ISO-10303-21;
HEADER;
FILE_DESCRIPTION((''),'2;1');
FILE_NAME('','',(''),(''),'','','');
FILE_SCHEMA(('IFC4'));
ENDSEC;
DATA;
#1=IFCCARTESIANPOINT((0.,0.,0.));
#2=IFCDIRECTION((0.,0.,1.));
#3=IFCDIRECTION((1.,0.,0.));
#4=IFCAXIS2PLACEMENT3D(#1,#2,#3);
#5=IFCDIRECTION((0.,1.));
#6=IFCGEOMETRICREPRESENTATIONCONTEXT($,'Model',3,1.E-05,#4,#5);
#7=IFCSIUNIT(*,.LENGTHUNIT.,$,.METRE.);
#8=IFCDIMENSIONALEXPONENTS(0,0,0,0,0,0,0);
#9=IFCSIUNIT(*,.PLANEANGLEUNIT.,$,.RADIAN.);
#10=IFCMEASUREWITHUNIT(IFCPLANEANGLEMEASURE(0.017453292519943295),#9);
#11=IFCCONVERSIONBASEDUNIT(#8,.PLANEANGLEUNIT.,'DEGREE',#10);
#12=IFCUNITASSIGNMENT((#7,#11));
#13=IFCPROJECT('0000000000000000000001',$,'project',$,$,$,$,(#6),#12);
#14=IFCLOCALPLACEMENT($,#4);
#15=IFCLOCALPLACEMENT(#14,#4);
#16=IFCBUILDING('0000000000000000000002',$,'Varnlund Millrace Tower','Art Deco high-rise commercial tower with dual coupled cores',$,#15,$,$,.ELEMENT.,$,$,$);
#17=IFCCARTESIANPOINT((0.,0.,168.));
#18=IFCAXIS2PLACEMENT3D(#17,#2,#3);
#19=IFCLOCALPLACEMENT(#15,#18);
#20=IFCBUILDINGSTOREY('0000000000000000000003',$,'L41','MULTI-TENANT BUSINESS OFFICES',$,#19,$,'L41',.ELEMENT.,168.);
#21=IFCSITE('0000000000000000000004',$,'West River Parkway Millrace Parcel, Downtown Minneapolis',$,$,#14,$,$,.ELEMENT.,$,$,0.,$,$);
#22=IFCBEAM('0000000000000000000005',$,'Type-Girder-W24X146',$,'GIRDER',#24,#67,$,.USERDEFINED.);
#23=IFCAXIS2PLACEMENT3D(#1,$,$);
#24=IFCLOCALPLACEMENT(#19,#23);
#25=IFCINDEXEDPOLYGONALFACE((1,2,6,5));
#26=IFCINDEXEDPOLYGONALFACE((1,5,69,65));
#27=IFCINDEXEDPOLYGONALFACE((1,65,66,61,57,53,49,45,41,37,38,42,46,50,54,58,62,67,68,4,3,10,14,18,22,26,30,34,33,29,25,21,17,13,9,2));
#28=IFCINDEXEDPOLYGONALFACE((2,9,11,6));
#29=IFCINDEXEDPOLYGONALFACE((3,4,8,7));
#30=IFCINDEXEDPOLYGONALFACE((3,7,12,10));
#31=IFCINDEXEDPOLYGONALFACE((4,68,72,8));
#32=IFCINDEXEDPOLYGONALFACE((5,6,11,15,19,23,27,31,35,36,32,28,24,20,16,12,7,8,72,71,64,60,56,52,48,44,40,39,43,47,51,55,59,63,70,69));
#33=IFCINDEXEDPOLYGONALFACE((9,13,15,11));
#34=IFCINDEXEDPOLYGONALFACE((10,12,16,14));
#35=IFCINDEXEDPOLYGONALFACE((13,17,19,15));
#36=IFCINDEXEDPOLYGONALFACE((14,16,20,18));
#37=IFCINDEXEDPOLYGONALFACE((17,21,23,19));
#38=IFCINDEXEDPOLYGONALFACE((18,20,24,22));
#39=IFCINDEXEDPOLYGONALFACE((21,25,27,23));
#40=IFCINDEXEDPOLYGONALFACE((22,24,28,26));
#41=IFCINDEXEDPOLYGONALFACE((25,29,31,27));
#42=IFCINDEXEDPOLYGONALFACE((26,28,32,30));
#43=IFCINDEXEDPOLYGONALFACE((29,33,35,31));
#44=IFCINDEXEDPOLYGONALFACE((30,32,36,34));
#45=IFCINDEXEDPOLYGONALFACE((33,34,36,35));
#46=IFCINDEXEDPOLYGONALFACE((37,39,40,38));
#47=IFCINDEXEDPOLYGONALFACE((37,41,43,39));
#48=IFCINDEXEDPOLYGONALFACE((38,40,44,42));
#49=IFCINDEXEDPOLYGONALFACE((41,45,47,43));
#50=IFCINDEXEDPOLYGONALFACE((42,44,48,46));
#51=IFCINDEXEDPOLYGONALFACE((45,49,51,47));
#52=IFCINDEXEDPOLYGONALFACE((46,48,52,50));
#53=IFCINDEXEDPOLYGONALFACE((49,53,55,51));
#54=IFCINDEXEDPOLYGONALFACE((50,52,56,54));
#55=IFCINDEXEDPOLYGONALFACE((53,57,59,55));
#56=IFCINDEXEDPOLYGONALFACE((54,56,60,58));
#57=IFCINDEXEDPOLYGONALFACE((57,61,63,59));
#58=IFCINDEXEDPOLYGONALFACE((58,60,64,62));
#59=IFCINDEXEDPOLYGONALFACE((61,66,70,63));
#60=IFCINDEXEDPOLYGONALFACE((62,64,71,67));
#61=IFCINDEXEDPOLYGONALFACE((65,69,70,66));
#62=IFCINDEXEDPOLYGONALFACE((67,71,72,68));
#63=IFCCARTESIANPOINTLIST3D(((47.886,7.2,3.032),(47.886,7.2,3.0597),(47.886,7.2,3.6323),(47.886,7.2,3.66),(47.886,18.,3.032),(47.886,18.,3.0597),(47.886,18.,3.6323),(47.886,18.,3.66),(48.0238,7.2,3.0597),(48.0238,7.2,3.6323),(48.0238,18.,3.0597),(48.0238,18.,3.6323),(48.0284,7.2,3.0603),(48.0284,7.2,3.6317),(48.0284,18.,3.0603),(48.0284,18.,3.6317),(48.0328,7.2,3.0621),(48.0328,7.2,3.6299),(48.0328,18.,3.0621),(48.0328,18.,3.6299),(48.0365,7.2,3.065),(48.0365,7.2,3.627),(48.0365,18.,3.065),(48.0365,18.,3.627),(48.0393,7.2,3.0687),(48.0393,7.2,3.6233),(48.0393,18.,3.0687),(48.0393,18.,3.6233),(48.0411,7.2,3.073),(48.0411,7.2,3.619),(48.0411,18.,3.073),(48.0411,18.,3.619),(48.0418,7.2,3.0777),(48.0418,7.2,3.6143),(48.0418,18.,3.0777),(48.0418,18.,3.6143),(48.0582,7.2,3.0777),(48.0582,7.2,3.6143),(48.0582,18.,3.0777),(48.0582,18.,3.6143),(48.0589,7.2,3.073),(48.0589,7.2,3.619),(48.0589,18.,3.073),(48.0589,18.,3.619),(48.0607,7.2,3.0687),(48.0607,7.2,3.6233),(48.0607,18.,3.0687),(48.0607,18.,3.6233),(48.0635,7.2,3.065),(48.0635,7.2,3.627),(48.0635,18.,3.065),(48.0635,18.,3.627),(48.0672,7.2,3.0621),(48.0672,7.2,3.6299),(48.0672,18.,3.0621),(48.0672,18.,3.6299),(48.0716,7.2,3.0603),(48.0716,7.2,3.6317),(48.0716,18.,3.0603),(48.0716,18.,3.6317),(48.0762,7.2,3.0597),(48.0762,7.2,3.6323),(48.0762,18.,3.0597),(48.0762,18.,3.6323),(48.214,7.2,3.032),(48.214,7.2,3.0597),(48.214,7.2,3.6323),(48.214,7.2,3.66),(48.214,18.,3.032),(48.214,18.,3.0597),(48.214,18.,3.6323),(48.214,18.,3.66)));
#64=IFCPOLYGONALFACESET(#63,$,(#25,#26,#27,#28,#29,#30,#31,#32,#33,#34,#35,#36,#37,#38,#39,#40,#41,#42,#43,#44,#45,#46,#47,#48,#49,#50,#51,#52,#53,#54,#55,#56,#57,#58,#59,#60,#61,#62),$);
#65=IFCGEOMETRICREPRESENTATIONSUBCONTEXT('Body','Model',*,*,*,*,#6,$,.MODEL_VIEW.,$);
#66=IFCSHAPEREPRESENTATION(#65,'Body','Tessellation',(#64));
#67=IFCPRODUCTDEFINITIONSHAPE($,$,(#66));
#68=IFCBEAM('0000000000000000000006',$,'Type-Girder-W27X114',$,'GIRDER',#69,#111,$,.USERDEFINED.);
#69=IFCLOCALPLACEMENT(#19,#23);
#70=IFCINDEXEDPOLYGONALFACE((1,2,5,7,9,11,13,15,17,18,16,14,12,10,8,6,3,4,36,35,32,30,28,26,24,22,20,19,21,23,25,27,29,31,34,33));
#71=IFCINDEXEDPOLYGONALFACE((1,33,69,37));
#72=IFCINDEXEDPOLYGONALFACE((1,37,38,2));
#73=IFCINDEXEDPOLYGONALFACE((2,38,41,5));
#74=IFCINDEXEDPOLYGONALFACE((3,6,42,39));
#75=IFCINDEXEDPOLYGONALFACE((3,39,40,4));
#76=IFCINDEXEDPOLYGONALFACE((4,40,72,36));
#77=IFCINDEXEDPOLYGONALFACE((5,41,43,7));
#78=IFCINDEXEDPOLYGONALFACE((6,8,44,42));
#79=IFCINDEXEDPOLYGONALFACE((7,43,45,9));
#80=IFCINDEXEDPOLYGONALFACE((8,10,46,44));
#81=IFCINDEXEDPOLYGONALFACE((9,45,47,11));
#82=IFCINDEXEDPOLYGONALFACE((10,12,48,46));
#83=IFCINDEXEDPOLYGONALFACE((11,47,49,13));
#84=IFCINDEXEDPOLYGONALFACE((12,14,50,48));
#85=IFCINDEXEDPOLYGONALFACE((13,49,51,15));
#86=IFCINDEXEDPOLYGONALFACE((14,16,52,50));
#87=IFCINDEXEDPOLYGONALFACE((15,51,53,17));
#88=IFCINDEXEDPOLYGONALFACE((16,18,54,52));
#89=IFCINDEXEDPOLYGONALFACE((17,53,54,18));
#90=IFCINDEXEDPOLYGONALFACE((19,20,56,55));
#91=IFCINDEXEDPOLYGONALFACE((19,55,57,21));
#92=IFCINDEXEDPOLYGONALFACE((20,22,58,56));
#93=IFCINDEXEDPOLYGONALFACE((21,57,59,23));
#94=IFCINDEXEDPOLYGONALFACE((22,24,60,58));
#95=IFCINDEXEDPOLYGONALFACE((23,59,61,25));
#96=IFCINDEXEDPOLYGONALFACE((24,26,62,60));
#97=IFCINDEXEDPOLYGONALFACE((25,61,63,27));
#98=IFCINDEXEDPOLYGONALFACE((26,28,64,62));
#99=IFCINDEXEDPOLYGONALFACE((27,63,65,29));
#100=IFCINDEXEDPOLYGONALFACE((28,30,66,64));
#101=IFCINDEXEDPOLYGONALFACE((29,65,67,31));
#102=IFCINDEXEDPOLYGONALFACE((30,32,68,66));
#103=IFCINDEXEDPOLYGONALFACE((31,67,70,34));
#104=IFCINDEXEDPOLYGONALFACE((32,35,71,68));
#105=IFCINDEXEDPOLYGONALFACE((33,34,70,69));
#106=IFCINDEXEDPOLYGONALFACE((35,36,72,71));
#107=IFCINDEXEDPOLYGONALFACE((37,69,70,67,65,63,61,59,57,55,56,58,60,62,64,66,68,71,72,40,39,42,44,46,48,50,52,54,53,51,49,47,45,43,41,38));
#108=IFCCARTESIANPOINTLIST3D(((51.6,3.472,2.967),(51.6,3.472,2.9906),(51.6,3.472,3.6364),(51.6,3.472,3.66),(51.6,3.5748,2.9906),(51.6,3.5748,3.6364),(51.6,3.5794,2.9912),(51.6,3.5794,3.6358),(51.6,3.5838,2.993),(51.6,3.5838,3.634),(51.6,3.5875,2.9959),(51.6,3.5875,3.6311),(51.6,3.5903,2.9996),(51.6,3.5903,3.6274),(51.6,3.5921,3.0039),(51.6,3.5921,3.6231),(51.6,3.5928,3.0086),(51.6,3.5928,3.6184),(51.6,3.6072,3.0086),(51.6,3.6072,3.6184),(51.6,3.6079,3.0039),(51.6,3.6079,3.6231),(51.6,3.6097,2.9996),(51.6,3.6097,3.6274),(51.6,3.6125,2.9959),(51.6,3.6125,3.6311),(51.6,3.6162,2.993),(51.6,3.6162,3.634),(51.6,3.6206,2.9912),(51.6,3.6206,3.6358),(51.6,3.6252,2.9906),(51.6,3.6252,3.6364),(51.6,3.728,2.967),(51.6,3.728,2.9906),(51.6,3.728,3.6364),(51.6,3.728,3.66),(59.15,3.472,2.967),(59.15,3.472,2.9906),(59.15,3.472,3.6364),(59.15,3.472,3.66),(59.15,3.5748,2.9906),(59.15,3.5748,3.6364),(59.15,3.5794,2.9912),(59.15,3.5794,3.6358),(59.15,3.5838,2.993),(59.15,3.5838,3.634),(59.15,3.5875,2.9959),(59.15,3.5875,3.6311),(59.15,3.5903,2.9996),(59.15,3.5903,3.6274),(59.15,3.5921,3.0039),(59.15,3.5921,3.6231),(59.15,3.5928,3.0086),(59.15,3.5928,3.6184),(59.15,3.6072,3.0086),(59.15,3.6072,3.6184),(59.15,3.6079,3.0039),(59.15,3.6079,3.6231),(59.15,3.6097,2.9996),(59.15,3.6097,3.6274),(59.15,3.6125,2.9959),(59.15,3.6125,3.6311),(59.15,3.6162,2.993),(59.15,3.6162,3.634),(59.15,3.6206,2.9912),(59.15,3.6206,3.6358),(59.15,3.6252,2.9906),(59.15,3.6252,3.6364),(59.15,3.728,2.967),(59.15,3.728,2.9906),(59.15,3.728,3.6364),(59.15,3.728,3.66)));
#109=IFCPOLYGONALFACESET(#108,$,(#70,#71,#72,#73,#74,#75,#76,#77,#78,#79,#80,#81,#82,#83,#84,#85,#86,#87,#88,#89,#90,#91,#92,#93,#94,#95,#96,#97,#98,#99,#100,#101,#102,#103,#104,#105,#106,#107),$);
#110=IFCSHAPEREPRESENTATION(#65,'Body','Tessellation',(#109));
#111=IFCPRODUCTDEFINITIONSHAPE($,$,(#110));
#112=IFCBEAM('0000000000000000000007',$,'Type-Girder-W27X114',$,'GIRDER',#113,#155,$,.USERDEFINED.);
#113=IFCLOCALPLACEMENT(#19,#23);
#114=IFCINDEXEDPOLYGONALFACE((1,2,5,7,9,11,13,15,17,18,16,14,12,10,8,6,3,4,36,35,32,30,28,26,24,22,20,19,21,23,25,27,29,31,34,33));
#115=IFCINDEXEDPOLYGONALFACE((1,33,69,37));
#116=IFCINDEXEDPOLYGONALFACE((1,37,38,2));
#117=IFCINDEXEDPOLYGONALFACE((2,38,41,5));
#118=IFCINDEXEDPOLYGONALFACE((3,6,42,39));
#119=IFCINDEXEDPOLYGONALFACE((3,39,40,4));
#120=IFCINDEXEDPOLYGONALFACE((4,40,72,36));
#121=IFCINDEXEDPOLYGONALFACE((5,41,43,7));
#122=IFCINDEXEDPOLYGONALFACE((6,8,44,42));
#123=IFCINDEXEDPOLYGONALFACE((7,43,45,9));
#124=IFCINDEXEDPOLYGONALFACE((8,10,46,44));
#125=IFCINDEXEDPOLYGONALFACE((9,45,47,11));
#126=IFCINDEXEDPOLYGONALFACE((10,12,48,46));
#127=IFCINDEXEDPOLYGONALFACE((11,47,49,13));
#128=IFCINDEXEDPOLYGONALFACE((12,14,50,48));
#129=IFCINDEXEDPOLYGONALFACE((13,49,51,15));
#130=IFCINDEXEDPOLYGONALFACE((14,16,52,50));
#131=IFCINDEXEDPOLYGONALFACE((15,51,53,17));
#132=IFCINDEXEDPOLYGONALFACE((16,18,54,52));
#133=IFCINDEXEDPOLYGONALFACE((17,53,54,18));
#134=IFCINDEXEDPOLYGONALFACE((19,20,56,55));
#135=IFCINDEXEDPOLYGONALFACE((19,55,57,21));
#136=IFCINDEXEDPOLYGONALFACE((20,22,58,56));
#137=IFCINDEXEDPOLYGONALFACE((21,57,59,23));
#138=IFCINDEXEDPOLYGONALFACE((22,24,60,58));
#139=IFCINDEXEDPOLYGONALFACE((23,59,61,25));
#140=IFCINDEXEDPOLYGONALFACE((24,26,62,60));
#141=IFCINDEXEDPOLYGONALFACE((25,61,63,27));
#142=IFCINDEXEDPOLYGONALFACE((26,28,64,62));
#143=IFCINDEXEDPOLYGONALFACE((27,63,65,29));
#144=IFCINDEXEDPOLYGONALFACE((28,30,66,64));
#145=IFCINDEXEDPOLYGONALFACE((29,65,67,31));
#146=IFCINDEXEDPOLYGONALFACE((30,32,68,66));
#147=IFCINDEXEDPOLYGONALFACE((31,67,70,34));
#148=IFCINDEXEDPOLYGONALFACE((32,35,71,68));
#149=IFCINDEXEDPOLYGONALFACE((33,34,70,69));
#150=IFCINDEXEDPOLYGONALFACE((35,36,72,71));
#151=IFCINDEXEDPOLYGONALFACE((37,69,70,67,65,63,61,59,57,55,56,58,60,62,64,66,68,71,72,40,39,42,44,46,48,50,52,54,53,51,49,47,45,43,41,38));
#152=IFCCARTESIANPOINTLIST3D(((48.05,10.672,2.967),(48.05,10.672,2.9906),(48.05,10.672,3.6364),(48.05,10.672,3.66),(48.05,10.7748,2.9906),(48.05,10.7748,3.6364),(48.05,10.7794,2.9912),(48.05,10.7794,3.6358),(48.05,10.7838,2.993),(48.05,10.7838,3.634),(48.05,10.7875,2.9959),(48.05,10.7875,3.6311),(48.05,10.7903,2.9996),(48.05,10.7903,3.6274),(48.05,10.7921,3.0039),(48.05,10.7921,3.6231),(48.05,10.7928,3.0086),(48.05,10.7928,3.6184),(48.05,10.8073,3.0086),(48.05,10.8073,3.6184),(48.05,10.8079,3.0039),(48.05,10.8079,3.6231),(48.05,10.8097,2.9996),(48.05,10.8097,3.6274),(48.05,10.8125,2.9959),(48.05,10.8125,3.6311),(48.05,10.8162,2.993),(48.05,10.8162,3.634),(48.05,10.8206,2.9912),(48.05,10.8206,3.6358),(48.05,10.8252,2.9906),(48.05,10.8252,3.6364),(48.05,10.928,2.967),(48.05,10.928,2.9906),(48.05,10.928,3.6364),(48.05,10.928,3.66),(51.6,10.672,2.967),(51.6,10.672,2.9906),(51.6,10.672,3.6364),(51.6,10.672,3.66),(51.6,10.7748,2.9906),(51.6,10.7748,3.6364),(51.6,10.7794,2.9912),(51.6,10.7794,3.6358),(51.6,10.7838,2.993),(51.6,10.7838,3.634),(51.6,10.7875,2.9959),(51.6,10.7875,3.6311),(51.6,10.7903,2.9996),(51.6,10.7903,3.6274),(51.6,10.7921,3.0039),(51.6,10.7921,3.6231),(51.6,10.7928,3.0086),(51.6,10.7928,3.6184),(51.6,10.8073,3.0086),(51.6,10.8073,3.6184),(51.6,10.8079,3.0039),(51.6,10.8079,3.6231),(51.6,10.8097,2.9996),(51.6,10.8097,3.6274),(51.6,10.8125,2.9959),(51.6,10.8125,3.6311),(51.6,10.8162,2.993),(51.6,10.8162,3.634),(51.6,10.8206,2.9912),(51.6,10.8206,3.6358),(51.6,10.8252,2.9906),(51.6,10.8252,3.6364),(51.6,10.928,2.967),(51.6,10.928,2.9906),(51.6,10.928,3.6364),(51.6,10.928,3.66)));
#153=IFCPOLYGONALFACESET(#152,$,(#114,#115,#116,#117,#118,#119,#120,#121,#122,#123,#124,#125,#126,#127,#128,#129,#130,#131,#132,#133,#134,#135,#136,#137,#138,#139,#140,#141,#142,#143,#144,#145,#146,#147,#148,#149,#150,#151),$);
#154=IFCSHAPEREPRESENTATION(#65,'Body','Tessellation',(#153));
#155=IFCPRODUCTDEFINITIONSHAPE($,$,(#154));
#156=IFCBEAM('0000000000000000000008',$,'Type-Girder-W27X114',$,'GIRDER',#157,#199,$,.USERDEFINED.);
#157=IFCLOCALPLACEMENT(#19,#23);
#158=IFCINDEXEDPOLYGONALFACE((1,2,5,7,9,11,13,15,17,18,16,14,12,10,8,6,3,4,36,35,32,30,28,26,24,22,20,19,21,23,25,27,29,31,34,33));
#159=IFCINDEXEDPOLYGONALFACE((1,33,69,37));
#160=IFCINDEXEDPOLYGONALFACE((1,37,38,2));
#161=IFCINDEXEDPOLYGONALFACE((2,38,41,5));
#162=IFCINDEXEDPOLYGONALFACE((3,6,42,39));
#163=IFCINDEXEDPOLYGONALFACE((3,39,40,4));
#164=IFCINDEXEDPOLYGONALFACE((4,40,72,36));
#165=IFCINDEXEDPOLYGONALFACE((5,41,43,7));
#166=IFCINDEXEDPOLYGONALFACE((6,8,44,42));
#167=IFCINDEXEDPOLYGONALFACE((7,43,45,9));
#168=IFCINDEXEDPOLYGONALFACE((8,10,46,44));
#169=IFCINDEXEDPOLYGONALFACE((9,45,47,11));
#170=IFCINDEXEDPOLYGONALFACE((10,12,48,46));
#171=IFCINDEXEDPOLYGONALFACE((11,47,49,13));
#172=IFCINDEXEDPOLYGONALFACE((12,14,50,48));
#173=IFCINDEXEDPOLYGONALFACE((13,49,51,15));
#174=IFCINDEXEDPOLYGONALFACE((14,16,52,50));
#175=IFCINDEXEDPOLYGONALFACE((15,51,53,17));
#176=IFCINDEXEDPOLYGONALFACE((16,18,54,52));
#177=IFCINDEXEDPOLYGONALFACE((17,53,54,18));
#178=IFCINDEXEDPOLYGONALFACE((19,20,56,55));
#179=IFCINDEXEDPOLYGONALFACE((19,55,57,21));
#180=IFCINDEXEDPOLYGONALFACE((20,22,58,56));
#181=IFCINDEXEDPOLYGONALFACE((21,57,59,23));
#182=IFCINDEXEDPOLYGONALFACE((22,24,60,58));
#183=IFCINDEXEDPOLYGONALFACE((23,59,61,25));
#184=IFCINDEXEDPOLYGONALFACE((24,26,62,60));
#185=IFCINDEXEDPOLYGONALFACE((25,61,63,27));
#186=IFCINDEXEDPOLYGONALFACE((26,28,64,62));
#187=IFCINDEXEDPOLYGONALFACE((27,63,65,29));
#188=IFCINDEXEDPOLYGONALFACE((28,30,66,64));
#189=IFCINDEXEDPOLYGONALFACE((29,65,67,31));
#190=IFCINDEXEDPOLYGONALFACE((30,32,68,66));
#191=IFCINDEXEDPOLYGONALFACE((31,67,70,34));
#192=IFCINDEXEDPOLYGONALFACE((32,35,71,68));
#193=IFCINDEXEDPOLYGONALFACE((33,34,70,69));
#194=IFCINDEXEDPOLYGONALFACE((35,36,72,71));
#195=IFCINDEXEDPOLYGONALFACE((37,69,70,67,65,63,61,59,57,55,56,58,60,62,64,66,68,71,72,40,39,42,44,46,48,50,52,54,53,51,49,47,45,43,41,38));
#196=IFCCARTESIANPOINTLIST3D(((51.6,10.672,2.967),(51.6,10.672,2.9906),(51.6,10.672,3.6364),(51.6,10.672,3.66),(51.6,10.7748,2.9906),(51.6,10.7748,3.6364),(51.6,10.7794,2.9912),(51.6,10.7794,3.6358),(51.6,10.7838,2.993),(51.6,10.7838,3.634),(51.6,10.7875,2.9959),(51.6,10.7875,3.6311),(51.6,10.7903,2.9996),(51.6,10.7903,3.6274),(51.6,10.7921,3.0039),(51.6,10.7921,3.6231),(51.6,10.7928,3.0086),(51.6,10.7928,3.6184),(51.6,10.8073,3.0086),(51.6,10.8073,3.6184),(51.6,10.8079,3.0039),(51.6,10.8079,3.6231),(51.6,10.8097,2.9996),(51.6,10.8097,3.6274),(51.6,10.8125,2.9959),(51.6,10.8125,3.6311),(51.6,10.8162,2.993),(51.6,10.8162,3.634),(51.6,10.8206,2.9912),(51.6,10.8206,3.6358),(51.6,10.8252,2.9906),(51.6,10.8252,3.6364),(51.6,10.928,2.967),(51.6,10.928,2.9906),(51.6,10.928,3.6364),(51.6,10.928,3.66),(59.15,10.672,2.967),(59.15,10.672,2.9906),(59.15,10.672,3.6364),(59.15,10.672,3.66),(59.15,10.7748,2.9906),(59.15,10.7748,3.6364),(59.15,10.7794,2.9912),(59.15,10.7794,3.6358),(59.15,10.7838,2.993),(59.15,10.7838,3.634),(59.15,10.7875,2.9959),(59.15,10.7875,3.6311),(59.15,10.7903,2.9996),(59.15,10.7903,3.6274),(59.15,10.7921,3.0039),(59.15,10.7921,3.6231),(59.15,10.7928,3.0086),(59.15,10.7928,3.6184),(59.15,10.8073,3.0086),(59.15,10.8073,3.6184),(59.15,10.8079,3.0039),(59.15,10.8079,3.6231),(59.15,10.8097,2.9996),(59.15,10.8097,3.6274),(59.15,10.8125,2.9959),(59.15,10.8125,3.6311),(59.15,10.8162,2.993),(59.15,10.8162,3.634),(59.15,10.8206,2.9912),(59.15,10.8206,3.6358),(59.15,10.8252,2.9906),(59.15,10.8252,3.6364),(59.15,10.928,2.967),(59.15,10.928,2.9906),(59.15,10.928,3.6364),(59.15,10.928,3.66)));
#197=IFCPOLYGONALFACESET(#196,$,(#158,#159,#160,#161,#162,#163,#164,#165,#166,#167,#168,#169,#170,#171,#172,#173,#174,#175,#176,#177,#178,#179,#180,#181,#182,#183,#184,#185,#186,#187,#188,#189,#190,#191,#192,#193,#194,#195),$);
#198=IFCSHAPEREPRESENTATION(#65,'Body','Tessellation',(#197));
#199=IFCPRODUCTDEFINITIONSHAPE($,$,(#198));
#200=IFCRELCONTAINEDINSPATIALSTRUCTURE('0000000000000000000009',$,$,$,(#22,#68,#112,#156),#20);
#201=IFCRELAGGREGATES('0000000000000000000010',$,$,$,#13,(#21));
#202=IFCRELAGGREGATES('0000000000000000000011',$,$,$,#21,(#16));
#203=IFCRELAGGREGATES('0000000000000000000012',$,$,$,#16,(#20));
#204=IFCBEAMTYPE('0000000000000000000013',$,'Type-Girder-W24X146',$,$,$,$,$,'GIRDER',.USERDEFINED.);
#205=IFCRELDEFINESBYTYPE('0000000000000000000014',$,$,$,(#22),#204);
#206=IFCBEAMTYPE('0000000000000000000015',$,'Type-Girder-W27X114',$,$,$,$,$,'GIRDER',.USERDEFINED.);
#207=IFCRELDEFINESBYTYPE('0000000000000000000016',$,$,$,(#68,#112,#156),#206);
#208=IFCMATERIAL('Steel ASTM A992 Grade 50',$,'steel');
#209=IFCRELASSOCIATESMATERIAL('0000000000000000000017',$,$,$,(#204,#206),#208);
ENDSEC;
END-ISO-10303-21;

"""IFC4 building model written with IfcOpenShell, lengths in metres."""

from ifc_helpers import new_model, entity, si_unit, converted_unit, direction, frame, origin_with_axes, origin_2d_with_axis, place, context, subcontext, project, spatial, i_section, extrude, material, material_profile, profile_set, type_object, element, save


model = new_model("IFC4")

# Units and contexts
model_context = context("Model", 3, precision=1e-05, world=origin_with_axes(), true_north=direction((0.0, 1.0)))
body_context = subcontext(model_context, "Body", "Model", "MODEL_VIEW")
ifc_project = project(units=[si_unit("LENGTHUNIT", "METRE"), converted_unit("PLANEANGLEUNIT", "DEGREE", entity("IfcPlaneAngleMeasure", 0.017453292519943295), si_unit("PLANEANGLEUNIT", "RADIAN"), dimensions=[0, 0, 0, 0, 0, 0, 0])], contexts=[model_context])

# Site, building, storey
site_placement = place(None, origin_with_axes())
site = spatial("IfcSite", under=ifc_project, at=site_placement, Name="West River Parkway Millrace Parcel, Downtown Minneapolis", CompositionType="ELEMENT", RefElevation=0.0)
building_placement = place(site_placement, origin_with_axes())
building = spatial("IfcBuilding", under=site, at=building_placement, Name="Varnlund Millrace Tower", Description="Art Deco high-rise commercial tower with dual coupled cores", CompositionType="ELEMENT")
storey_placement = place(building_placement, frame((0.0, 0.0, 168.0), z_axis=(0.0, 0.0, 1.0), x_axis=(1.0, 0.0, 0.0)))
storey = spatial("IfcBuildingStorey", under=building, at=storey_placement, Name="L41", Description="MULTI-TENANT BUSINESS OFFICES", LongName="L41", CompositionType="ELEMENT", Elevation=168.0)

# Beams
ifc_material_1 = material(Name="Steel ASTM A992 Grade 50", Category="steel")
ifc_material_profile_1 = material_profile(ifc_material_1, i_section(OverallWidth=0.328, OverallDepth=0.628, WebThickness=0.0165, FlangeThickness=0.0277, FilletRadius=0.018, at=origin_2d_with_axis()), Name="Steel ASTM A992 Grade 50")
ifc_profile_set_1 = profile_set([ifc_material_profile_1], Name="Steel ASTM A992 Grade 50")
beam_type_1 = type_object("IfcBeamType", Name="Type-Girder-W24X146", ElementType="GIRDER", PredefinedType="USERDEFINED", material=ifc_profile_set_1)
beam_1_placement = place(storey_placement, frame((48.05, 7.2, 3.346), z_axis=(0.0, 1.0, 0.0), x_axis=(-1.0, 0.0, 0.0)))
element("IfcBeam", 1, at=beam_1_placement, inside=storey, type_object=beam_type_1, Name="Type-Girder-W24X146", ObjectType="GIRDER", PredefinedType="USERDEFINED", context=body_context, shape_type="SweptSolid", body=[
    extrude(i_section(OverallWidth=0.328, OverallDepth=0.628, WebThickness=0.0165, FlangeThickness=0.0277, FilletRadius=0.018, at=origin_2d_with_axis()), origin_with_axes(), (0.0, 0.0, 1.0), 10.8),
])
ifc_material_profile_2 = material_profile(ifc_material_1, i_section(OverallWidth=0.256, OverallDepth=0.693, WebThickness=0.0145, FlangeThickness=0.0236, FilletRadius=0.018, at=origin_2d_with_axis()), Name="Steel ASTM A992 Grade 50")
ifc_profile_set_2 = profile_set([ifc_material_profile_2], Name="Steel ASTM A992 Grade 50")
beam_type_2 = type_object("IfcBeamType", Name="Type-Girder-W27X114", ElementType="GIRDER", PredefinedType="USERDEFINED", material=ifc_profile_set_2)
beam_2_placement = place(storey_placement, frame((51.6, 3.6, 3.3135), z_axis=(1.0, 0.0, 0.0), x_axis=(0.0, 1.0, 0.0)))
element("IfcBeam", 2, at=beam_2_placement, inside=storey, type_object=beam_type_2, Name="Type-Girder-W27X114", ObjectType="GIRDER", PredefinedType="USERDEFINED", context=body_context, shape_type="SweptSolid", body=[
    extrude(i_section(OverallWidth=0.256, OverallDepth=0.693, WebThickness=0.0145, FlangeThickness=0.0236, FilletRadius=0.018, at=origin_2d_with_axis()), origin_with_axes(), (0.0, 0.0, 1.0), 7.55),
])
beam_3_placement = place(storey_placement, frame((48.05, 10.8, 3.3135), z_axis=(1.0, 0.0, 0.0), x_axis=(0.0, 1.0, 0.0)))
element("IfcBeam", 3, at=beam_3_placement, inside=storey, type_object=beam_type_2, Name="Type-Girder-W27X114", ObjectType="GIRDER", PredefinedType="USERDEFINED", context=body_context, shape_type="SweptSolid", body=[
    extrude(i_section(OverallWidth=0.256, OverallDepth=0.693, WebThickness=0.0145, FlangeThickness=0.0236, FilletRadius=0.018, at=origin_2d_with_axis()), origin_with_axes(), (0.0, 0.0, 1.0), 3.55),
])
beam_4_placement = place(storey_placement, frame((51.6, 10.8, 3.3135), z_axis=(1.0, 0.0, 0.0), x_axis=(0.0, 1.0, 0.0)))
element("IfcBeam", 4, at=beam_4_placement, inside=storey, type_object=beam_type_2, Name="Type-Girder-W27X114", ObjectType="GIRDER", PredefinedType="USERDEFINED", context=body_context, shape_type="SweptSolid", body=[
    extrude(i_section(OverallWidth=0.256, OverallDepth=0.693, WebThickness=0.0145, FlangeThickness=0.0236, FilletRadius=0.018, at=origin_2d_with_axis()), origin_with_axes(), (0.0, 0.0, 1.0), 7.55),
])

save(model, "model.ifc")
